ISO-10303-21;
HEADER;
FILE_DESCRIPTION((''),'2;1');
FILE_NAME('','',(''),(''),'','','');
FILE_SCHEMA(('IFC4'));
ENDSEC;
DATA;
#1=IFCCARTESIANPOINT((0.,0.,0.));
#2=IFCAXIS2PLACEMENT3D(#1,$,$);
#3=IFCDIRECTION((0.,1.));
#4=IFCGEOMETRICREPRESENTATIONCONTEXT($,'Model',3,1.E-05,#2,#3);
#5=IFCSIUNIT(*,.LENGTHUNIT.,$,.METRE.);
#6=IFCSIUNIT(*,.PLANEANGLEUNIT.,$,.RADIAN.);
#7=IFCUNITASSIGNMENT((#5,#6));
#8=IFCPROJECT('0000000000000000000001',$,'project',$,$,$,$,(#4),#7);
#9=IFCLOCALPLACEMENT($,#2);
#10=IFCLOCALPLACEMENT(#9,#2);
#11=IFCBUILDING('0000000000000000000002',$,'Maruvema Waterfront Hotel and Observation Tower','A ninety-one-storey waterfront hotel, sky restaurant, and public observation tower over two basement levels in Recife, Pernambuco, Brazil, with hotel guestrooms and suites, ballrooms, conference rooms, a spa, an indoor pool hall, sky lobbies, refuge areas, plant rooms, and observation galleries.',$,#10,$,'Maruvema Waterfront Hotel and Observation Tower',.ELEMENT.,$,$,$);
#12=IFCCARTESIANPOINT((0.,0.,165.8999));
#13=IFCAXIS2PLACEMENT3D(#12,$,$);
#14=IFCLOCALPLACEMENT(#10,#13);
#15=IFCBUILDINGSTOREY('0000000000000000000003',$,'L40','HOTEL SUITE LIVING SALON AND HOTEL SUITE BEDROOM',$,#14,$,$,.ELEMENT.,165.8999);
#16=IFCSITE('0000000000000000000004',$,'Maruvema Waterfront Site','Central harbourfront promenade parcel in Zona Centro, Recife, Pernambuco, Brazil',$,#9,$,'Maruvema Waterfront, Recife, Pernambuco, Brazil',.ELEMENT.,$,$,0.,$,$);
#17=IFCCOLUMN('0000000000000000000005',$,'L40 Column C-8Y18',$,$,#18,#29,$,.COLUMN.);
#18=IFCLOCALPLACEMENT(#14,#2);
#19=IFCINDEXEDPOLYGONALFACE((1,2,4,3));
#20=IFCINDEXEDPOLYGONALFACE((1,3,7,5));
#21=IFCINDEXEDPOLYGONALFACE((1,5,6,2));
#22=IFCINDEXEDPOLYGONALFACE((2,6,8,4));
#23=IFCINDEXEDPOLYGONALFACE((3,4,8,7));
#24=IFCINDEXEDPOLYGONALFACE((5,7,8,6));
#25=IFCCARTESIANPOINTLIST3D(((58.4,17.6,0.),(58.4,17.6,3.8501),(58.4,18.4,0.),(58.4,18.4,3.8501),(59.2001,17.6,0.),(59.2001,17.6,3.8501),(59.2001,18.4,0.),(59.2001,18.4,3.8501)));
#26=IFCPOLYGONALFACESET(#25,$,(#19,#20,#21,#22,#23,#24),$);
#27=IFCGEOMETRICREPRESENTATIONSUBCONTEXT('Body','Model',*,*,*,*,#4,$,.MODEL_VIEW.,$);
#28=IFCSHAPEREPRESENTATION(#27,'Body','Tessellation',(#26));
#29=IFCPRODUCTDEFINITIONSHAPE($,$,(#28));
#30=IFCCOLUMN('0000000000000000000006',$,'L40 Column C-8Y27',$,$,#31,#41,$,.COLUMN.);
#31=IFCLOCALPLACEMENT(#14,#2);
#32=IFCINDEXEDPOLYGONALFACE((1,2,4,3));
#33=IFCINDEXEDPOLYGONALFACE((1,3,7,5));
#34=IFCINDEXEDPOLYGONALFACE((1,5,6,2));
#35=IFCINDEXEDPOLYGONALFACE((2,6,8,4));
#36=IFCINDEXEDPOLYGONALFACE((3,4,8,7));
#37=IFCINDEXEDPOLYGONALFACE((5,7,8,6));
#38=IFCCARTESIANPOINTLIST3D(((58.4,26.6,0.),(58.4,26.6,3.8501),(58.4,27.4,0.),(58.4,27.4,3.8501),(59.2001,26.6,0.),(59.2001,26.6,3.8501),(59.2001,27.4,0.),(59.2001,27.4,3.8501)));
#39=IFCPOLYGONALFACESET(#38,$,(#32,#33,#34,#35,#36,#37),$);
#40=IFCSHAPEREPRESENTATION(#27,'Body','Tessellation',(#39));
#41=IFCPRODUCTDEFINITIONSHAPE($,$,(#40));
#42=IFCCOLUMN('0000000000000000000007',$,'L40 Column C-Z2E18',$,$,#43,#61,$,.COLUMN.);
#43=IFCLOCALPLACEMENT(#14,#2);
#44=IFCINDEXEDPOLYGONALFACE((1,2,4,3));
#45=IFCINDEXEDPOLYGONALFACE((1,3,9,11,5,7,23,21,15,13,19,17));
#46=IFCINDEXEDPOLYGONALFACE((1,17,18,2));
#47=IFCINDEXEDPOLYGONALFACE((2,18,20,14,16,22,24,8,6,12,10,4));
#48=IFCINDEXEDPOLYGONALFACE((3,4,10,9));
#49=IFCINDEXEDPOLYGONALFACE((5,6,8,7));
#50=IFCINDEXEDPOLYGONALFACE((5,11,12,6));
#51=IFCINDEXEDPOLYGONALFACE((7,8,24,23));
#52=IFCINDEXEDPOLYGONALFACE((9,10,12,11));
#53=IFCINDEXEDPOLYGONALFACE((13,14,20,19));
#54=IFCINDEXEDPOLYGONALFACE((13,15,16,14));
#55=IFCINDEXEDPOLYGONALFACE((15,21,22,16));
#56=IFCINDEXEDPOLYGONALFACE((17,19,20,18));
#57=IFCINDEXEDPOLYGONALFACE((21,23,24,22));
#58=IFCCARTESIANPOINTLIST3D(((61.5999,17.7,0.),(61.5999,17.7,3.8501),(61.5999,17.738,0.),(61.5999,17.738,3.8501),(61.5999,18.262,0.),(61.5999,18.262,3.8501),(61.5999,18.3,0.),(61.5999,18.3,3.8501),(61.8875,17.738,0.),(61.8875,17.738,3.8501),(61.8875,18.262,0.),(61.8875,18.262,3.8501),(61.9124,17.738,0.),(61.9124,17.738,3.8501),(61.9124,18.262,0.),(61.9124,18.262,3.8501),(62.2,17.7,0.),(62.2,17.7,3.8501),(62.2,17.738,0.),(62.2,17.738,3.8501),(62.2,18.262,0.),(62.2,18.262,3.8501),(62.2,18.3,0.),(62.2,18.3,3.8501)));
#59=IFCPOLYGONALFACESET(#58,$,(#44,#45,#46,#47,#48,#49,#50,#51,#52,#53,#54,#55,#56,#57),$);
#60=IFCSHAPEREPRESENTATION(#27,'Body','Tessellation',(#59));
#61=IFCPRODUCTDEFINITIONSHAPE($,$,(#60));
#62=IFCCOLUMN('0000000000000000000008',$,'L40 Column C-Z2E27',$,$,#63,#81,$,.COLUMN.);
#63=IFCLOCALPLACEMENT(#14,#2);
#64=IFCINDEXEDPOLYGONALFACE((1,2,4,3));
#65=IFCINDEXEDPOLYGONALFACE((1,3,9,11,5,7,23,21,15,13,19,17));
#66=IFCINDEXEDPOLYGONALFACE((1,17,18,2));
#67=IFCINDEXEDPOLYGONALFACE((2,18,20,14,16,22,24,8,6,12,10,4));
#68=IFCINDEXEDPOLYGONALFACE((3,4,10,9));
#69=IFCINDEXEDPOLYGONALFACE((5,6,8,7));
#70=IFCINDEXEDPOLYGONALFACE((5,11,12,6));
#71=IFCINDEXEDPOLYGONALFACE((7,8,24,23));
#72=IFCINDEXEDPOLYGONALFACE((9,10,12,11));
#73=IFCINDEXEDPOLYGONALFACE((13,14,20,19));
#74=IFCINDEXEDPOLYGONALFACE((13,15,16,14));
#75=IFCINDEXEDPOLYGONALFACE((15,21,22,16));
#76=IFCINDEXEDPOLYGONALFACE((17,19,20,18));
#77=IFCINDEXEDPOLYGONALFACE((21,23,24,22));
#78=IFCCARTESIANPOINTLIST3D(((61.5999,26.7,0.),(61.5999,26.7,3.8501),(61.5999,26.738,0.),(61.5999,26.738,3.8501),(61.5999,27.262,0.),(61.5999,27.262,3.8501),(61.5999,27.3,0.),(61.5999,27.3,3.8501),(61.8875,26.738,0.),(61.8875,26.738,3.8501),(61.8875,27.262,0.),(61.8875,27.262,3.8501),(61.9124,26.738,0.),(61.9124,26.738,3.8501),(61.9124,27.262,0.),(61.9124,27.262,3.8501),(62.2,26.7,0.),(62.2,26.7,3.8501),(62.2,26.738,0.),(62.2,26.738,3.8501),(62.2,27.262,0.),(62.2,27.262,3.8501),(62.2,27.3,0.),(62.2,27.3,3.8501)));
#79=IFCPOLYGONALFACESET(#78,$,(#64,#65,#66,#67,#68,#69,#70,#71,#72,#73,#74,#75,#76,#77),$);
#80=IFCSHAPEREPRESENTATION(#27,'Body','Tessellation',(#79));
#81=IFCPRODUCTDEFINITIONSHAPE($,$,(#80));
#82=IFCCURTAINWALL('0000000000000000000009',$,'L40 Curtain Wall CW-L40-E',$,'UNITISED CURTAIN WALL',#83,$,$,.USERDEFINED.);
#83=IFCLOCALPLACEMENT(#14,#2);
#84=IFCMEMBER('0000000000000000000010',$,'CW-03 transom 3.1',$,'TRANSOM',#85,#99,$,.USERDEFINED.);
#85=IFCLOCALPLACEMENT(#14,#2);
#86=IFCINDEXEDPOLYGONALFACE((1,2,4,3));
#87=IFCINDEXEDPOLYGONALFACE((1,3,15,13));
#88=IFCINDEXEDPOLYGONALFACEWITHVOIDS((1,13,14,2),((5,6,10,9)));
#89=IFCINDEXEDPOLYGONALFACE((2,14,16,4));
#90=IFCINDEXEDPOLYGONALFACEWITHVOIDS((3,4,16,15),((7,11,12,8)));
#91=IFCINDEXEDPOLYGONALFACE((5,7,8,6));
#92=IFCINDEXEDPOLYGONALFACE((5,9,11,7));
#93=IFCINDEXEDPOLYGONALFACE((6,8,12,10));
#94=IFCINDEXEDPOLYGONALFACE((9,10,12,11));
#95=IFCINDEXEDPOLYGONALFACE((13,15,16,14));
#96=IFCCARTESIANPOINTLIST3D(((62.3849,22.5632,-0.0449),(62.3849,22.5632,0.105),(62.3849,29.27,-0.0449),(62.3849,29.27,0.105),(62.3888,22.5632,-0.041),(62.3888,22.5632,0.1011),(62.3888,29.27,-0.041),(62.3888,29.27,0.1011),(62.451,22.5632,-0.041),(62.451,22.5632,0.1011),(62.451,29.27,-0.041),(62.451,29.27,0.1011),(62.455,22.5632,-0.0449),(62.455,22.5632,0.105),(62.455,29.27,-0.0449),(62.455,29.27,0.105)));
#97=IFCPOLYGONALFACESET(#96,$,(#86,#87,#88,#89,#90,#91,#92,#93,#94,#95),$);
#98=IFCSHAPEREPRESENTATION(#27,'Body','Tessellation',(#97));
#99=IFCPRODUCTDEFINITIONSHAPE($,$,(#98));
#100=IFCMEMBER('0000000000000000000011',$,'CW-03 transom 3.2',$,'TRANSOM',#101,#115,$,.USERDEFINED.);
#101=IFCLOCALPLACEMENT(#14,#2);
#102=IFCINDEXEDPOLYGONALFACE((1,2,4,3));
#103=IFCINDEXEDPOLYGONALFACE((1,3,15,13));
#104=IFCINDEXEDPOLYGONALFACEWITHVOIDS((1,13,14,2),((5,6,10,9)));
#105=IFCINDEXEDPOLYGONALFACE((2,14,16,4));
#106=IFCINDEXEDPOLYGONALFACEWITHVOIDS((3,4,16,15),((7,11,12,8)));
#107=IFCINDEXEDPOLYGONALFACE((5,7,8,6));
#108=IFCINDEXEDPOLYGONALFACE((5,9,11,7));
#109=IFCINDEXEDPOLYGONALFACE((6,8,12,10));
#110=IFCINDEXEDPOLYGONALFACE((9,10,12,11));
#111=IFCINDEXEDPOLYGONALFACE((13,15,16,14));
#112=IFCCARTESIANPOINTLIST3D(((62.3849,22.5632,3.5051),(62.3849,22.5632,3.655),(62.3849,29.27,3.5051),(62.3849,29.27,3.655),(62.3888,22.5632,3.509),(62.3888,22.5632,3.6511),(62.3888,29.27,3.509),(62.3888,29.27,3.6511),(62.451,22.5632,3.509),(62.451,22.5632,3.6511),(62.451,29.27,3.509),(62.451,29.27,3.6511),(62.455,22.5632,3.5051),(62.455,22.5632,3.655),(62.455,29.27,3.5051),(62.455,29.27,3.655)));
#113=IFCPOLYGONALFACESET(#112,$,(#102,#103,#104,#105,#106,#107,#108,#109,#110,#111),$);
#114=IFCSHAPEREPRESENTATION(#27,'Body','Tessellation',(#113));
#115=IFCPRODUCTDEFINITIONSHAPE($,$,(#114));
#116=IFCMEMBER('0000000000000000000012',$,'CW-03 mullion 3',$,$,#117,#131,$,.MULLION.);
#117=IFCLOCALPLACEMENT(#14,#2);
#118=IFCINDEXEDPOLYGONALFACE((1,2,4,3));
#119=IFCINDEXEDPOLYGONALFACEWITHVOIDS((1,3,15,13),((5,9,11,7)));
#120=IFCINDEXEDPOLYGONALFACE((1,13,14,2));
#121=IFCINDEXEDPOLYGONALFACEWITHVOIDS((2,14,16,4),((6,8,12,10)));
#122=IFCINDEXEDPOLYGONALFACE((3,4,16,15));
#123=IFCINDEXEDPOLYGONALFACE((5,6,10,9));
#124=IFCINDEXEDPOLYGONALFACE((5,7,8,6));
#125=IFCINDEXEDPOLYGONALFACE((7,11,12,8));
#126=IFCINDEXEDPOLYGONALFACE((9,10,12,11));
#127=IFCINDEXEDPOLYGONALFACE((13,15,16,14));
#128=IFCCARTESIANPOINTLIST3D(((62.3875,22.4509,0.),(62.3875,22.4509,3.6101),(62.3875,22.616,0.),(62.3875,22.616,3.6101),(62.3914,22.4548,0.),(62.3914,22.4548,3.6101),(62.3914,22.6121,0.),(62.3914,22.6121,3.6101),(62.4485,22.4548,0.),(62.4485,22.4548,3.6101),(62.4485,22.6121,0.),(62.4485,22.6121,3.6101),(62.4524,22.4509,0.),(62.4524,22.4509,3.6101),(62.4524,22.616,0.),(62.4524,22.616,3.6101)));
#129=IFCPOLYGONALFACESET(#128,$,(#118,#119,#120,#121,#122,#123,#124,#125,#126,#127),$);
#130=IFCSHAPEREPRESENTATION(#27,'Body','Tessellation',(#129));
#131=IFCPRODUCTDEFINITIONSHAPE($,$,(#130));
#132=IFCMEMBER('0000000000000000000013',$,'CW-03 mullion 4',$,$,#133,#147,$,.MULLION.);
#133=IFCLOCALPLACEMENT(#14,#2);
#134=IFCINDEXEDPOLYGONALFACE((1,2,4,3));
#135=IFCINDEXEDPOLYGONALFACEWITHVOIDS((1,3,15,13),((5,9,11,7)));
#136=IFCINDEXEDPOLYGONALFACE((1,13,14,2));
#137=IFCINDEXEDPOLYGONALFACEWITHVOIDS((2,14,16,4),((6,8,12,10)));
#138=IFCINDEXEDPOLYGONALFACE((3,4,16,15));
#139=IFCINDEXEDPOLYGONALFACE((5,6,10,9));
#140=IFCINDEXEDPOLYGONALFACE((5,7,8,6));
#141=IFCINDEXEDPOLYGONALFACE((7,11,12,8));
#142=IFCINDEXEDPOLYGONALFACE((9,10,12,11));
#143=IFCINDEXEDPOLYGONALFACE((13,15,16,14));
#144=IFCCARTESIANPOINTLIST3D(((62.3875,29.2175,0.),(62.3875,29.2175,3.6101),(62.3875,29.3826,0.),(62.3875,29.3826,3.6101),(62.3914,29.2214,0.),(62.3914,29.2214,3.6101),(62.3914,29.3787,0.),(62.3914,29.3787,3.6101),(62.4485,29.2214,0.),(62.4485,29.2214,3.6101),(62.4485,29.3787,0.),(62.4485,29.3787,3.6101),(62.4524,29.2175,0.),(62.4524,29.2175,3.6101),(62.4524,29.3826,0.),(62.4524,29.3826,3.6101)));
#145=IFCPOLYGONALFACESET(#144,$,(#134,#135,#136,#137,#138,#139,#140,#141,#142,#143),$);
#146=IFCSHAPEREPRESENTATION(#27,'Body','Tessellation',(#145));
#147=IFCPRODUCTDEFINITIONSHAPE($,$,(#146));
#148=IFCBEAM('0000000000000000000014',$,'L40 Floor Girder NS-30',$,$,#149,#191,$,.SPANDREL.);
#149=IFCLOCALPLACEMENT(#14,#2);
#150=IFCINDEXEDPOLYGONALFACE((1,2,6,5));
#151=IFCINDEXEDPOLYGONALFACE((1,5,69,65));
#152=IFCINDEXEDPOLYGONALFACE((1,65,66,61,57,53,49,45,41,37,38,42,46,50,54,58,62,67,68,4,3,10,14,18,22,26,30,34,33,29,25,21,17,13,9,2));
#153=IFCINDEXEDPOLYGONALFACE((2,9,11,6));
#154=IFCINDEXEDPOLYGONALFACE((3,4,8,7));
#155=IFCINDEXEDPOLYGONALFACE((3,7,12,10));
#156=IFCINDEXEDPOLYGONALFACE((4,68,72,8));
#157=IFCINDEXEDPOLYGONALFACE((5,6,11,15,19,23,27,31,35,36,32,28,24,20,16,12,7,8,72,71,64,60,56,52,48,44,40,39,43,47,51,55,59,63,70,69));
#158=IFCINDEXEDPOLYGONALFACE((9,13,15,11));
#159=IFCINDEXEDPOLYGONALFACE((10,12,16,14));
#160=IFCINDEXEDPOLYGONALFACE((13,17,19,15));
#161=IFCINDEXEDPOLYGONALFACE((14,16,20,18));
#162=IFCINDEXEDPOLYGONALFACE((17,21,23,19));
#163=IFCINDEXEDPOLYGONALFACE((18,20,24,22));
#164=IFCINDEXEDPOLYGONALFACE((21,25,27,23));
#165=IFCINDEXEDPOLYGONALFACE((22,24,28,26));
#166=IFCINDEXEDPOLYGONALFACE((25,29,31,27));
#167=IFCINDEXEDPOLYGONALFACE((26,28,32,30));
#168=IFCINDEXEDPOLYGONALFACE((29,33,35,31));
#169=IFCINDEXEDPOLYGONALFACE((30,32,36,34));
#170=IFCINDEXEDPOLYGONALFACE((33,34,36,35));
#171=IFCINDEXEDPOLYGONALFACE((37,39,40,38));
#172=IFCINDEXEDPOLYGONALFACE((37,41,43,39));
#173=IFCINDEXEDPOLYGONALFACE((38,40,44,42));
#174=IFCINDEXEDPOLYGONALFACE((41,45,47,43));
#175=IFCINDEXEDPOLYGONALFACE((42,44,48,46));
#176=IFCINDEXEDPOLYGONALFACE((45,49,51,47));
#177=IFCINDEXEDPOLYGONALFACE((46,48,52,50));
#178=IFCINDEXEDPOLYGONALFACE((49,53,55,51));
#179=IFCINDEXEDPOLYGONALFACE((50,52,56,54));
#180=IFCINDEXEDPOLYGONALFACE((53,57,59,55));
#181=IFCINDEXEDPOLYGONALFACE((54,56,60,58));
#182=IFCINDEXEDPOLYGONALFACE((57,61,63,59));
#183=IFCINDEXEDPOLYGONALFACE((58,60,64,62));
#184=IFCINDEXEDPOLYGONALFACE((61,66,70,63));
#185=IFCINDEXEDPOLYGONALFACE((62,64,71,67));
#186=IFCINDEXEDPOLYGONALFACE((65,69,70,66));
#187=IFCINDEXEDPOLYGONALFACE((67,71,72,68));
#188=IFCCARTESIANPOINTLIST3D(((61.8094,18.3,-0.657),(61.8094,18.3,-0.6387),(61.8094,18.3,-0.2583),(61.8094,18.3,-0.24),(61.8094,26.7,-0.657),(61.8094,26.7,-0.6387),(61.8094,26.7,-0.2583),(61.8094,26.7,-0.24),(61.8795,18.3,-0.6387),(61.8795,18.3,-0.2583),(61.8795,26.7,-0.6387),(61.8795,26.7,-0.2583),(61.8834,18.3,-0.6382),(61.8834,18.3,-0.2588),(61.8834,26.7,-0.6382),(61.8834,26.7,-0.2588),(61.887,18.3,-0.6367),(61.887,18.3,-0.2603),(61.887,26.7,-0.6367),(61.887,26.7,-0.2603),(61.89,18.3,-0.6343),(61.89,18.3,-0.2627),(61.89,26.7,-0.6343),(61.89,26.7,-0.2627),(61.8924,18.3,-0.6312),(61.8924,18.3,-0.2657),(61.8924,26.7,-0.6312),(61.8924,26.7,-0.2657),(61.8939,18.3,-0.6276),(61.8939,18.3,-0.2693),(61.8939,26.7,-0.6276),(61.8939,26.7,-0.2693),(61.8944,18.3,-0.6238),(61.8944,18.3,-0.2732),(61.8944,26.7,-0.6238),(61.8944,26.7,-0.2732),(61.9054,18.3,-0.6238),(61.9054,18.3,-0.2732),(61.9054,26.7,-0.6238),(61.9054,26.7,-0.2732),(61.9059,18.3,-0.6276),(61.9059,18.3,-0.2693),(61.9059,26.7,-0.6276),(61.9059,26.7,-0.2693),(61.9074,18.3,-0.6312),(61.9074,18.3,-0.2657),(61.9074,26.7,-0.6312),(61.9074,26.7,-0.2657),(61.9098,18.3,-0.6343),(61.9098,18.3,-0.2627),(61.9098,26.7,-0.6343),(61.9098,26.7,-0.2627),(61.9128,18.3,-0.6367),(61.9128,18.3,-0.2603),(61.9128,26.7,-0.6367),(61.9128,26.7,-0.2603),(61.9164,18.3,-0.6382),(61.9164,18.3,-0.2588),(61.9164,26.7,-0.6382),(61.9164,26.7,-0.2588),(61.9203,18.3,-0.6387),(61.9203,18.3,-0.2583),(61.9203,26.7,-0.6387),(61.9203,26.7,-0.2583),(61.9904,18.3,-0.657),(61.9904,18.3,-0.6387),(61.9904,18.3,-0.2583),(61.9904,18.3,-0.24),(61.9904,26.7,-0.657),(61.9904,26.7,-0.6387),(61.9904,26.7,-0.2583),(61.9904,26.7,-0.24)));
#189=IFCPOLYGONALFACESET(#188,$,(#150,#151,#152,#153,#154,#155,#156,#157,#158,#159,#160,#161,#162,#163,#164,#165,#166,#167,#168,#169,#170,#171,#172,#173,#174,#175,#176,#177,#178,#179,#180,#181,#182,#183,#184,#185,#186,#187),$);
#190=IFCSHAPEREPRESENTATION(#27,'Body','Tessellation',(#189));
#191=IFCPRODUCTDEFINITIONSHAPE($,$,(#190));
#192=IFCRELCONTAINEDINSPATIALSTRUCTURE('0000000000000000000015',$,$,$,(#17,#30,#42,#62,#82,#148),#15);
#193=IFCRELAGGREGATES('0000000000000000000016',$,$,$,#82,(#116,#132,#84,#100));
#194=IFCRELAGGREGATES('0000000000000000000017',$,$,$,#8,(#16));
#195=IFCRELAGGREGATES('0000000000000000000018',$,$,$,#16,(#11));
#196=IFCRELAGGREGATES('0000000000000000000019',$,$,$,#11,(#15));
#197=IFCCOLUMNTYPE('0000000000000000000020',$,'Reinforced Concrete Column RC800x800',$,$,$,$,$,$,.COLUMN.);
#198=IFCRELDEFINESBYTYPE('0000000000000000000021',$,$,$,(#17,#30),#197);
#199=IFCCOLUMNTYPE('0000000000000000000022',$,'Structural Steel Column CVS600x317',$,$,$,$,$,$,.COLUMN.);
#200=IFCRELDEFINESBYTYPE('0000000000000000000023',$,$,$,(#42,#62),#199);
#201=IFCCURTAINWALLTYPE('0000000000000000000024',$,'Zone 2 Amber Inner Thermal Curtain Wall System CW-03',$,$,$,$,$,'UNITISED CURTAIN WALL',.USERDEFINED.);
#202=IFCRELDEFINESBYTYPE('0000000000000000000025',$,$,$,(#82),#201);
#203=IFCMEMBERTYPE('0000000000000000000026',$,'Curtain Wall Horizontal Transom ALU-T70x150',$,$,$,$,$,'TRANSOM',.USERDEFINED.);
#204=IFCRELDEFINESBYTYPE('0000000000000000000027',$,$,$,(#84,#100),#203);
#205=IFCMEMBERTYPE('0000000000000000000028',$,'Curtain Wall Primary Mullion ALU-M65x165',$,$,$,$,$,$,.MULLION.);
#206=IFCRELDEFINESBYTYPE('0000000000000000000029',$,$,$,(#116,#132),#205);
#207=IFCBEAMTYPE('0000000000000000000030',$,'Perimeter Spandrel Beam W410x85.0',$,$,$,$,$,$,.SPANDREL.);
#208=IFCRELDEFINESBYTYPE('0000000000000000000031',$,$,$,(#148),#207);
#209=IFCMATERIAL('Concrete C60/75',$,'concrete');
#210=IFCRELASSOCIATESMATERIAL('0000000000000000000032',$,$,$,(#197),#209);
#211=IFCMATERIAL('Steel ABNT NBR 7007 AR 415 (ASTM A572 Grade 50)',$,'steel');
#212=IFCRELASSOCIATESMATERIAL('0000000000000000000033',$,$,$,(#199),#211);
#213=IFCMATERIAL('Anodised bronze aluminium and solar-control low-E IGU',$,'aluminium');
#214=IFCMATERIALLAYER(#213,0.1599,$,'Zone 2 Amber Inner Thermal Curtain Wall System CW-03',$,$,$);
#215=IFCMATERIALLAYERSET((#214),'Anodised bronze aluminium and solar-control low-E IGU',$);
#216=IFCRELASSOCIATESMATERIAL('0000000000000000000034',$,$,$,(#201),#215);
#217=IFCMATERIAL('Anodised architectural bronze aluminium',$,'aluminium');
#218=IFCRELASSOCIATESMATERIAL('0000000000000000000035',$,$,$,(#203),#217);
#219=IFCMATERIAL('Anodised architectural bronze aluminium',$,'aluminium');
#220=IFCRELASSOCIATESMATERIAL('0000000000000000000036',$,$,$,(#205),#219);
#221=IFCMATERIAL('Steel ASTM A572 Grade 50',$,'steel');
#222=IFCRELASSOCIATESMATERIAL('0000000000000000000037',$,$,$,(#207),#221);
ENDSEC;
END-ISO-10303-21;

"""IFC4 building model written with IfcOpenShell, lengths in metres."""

from ifc_helpers import new_model, si_unit, direction, frame, origin, origin_2d, place, context, subcontext, project, spatial, rectangle, hollow_rectangle, i_section, extrude, material, layer, layer_set, material_profile, profile_set, type_object, element, aggregate, save


model = new_model("IFC4")

# Units and contexts
model_context = context("Model", 3, precision=1e-05, world=origin(), true_north=direction((0.0, 1.0)))
body_context = subcontext(model_context, "Body", "Model", "MODEL_VIEW")
ifc_project = project(units=[si_unit("LENGTHUNIT", "METRE"), si_unit("PLANEANGLEUNIT", "RADIAN")], contexts=[model_context])

# Site, building, storey
site_placement = place(None, origin())
site = spatial("IfcSite", under=ifc_project, at=site_placement, Name="Maruvema Waterfront Site", Description="Central harbourfront promenade parcel in Zona Centro, Recife, Pernambuco, Brazil", LongName="Maruvema Waterfront, Recife, Pernambuco, Brazil", CompositionType="ELEMENT", RefElevation=0.0)
building_placement = place(site_placement, origin())
building = spatial("IfcBuilding", under=site, at=building_placement, Name="Maruvema Waterfront Hotel and Observation Tower", Description="A ninety-one-storey waterfront hotel, sky restaurant, and public observation tower over two basement levels in Recife, Pernambuco, Brazil, with hotel guestrooms and suites, ballrooms, conference rooms, a spa, an indoor pool hall, sky lobbies, refuge areas, plant rooms, and observation galleries.", LongName="Maruvema Waterfront Hotel and Observation Tower", CompositionType="ELEMENT")
storey_placement = place(building_placement, frame((0.0, 0.0, 165.8999)))
storey = spatial("IfcBuildingStorey", under=building, at=storey_placement, Name="L40", Description="HOTEL SUITE LIVING SALON AND HOTEL SUITE BEDROOM", CompositionType="ELEMENT", Elevation=165.8999)

# Columns
ifc_material_1 = material(Name="Concrete C60/75", Category="concrete")
ifc_material_profile_1 = material_profile(ifc_material_1, rectangle(XDim=0.8, YDim=0.8, at=origin_2d()), Name="RC800x800")
ifc_profile_set_1 = profile_set([ifc_material_profile_1], Name="Concrete C60/75")
column_type_1 = type_object("IfcColumnType", Name="Reinforced Concrete Column RC800x800", PredefinedType="COLUMN", material=ifc_profile_set_1)
for number, where, z_axis, x_axis, name in (
    (1, (58.8, 18.0, 0.0), (0.0, 0.0, 1.0), (1.0, 0.0, 0.0), "L40 Column C-8Y18"),
    (2, (58.8, 27.0, 0.0), (0.0, 0.0, 1.0), (1.0, 0.0, 0.0), "L40 Column C-8Y27"),
):
    element("IfcColumn", number, at=place(storey_placement, frame(where, z_axis=z_axis, x_axis=x_axis)), inside=storey, type_object=column_type_1, Name=name, PredefinedType="COLUMN", context=body_context, shape_type="SweptSolid", body=[
        extrude(rectangle(XDim=0.8, YDim=0.8, at=origin_2d()), origin(), (0.0, 0.0, 1.0), 3.8501),
    ])
ifc_material_2 = material(Name="Steel ABNT NBR 7007 AR 415 (ASTM A572 Grade 50)", Category="steel")
ifc_material_profile_2 = material_profile(ifc_material_2, i_section(OverallWidth=0.6001, OverallDepth=0.6001, WebThickness=0.0249, FlangeThickness=0.0381, at=origin_2d()), Name="CVS600x317")
ifc_profile_set_2 = profile_set([ifc_material_profile_2], Name="Steel ABNT NBR 7007 AR 415 (ASTM A572 Grade 50)")
column_type_2 = type_object("IfcColumnType", Name="Structural Steel Column CVS600x317", PredefinedType="COLUMN", material=ifc_profile_set_2)
for number, where, z_axis, x_axis, name in (
    (3, (61.8999, 18.0, 0.0), (0.0, 0.0, 1.0), (1.0, 0.0, 0.0), "L40 Column C-Z2E18"),
    (4, (61.8999, 27.0, 0.0), (0.0, 0.0, 1.0), (1.0, 0.0, 0.0), "L40 Column C-Z2E27"),
):
    element("IfcColumn", number, at=place(storey_placement, frame(where, z_axis=z_axis, x_axis=x_axis)), inside=storey, type_object=column_type_2, Name=name, PredefinedType="COLUMN", context=body_context, shape_type="SweptSolid", body=[
        extrude(i_section(OverallWidth=0.6001, OverallDepth=0.6001, WebThickness=0.0249, FlangeThickness=0.0381, at=origin_2d()), origin(), (0.0, 0.0, 1.0), 3.8501),
    ])

# Curtain wall, members
ifc_material_3 = material(Name="Anodised bronze aluminium and solar-control low-E IGU", Category="aluminium")
ifc_layer_1 = layer(ifc_material_3, 0.1599, Name="Zone 2 Amber Inner Thermal Curtain Wall System CW-03")
ifc_layer_set_1 = layer_set([ifc_layer_1], Name="Anodised bronze aluminium and solar-control low-E IGU")
curtain_wall_type = type_object("IfcCurtainWallType", Name="Zone 2 Amber Inner Thermal Curtain Wall System CW-03", ElementType="UNITISED CURTAIN WALL", PredefinedType="USERDEFINED", material=ifc_layer_set_1)
curtain_wall_placement = place(storey_placement, origin())
curtain_wall = element("IfcCurtainWall", 5, at=curtain_wall_placement, inside=storey, type_object=curtain_wall_type, Name="L40 Curtain Wall CW-L40-E", ObjectType="UNITISED CURTAIN WALL", PredefinedType="USERDEFINED")
ifc_material_4 = material(Name="Anodised architectural bronze aluminium", Category="aluminium")
ifc_material_profile_3 = material_profile(ifc_material_4, hollow_rectangle(XDim=0.0701, YDim=0.1499, WallThickness=0.0039, at=origin_2d()), Name="ALU-T70x150")
ifc_profile_set_3 = profile_set([ifc_material_profile_3], Name="Anodised architectural bronze aluminium")
member_type_1 = type_object("IfcMemberType", Name="Curtain Wall Horizontal Transom ALU-T70x150", ElementType="TRANSOM", PredefinedType="USERDEFINED", material=ifc_profile_set_3)
member_1_placement = place(storey_placement, frame((62.4199, 22.5632, 0.03), z_axis=(0.0, 1.0, 0.0), x_axis=(-1.0, 0.0, 0.0)))
member_1 = element("IfcMember", 6, at=member_1_placement, type_object=member_type_1, Name="CW-03 transom 3.1", ObjectType="TRANSOM", PredefinedType="USERDEFINED", context=body_context, shape_type="SweptSolid", body=[
    extrude(hollow_rectangle(XDim=0.0701, YDim=0.1499, WallThickness=0.0039, at=origin_2d()), origin(), (0.0, 0.0, 1.0), 6.7068),
])
member_2_placement = place(storey_placement, frame((62.4199, 22.5632, 3.5801), z_axis=(0.0, 1.0, 0.0), x_axis=(-1.0, 0.0, 0.0)))
member_2 = element("IfcMember", 7, at=member_2_placement, type_object=member_type_1, Name="CW-03 transom 3.2", ObjectType="TRANSOM", PredefinedType="USERDEFINED", context=body_context, shape_type="SweptSolid", body=[
    extrude(hollow_rectangle(XDim=0.0701, YDim=0.1499, WallThickness=0.0039, at=origin_2d()), origin(), (0.0, 0.0, 1.0), 6.7068),
])
ifc_material_5 = material(Name="Anodised architectural bronze aluminium", Category="aluminium")
ifc_material_profile_4 = material_profile(ifc_material_5, hollow_rectangle(XDim=0.0649, YDim=0.165, WallThickness=0.0039, at=origin_2d()), Name="ALU-M65x165")
ifc_profile_set_4 = profile_set([ifc_material_profile_4], Name="Anodised architectural bronze aluminium")
member_type_2 = type_object("IfcMemberType", Name="Curtain Wall Primary Mullion ALU-M65x165", PredefinedType="MULLION", material=ifc_profile_set_4)
member_3_placement = place(storey_placement, frame((62.4199, 22.5334, 0.0), z_axis=(0.0, 0.0, 1.0), x_axis=(-1.0, 0.0, 0.0)))
member_3 = element("IfcMember", 8, at=member_3_placement, type_object=member_type_2, Name="CW-03 mullion 3", PredefinedType="MULLION", context=body_context, shape_type="SweptSolid", body=[
    extrude(hollow_rectangle(XDim=0.0649, YDim=0.165, WallThickness=0.0039, at=origin_2d()), origin(), (0.0, 0.0, 1.0), 3.6101),
])
member_4_placement = place(storey_placement, frame((62.4199, 29.3, 0.0), z_axis=(0.0, 0.0, 1.0), x_axis=(-1.0, 0.0, 0.0)))
member_4 = element("IfcMember", 9, at=member_4_placement, type_object=member_type_2, Name="CW-03 mullion 4", PredefinedType="MULLION", context=body_context, shape_type="SweptSolid", body=[
    extrude(hollow_rectangle(XDim=0.0649, YDim=0.165, WallThickness=0.0039, at=origin_2d()), origin(), (0.0, 0.0, 1.0), 3.6101),
])

# Beam
ifc_material_6 = material(Name="Steel ASTM A572 Grade 50", Category="steel")
ifc_material_profile_5 = material_profile(ifc_material_6, i_section(OverallWidth=0.1809, OverallDepth=0.417, WebThickness=0.011, FlangeThickness=0.0183, FilletRadius=0.0149, at=origin_2d()), Name="W410x85.0")
ifc_profile_set_5 = profile_set([ifc_material_profile_5], Name="Steel ASTM A572 Grade 50")
beam_type_1 = type_object("IfcBeamType", Name="Perimeter Spandrel Beam W410x85.0", PredefinedType="SPANDREL", material=ifc_profile_set_5)
for number, where, z_axis, x_axis, name in (
    (10, (61.8999, 18.3, -0.4485), (0.0, 1.0, 0.0), (-1.0, 0.0, 0.0), "L40 Floor Girder NS-30"),
):
    element("IfcBeam", number, at=place(storey_placement, frame(where, z_axis=z_axis, x_axis=x_axis)), inside=storey, type_object=beam_type_1, Name=name, PredefinedType="SPANDREL", context=body_context, shape_type="SweptSolid", body=[
        extrude(i_section(OverallWidth=0.1809, OverallDepth=0.417, WebThickness=0.011, FlangeThickness=0.0183, FilletRadius=0.0149, at=origin_2d()), origin(), (0.0, 0.0, 1.0), 8.3999),
    ])

aggregate(curtain_wall, [member_3, member_4, member_1, member_2])

save(model, "model.ifc")
